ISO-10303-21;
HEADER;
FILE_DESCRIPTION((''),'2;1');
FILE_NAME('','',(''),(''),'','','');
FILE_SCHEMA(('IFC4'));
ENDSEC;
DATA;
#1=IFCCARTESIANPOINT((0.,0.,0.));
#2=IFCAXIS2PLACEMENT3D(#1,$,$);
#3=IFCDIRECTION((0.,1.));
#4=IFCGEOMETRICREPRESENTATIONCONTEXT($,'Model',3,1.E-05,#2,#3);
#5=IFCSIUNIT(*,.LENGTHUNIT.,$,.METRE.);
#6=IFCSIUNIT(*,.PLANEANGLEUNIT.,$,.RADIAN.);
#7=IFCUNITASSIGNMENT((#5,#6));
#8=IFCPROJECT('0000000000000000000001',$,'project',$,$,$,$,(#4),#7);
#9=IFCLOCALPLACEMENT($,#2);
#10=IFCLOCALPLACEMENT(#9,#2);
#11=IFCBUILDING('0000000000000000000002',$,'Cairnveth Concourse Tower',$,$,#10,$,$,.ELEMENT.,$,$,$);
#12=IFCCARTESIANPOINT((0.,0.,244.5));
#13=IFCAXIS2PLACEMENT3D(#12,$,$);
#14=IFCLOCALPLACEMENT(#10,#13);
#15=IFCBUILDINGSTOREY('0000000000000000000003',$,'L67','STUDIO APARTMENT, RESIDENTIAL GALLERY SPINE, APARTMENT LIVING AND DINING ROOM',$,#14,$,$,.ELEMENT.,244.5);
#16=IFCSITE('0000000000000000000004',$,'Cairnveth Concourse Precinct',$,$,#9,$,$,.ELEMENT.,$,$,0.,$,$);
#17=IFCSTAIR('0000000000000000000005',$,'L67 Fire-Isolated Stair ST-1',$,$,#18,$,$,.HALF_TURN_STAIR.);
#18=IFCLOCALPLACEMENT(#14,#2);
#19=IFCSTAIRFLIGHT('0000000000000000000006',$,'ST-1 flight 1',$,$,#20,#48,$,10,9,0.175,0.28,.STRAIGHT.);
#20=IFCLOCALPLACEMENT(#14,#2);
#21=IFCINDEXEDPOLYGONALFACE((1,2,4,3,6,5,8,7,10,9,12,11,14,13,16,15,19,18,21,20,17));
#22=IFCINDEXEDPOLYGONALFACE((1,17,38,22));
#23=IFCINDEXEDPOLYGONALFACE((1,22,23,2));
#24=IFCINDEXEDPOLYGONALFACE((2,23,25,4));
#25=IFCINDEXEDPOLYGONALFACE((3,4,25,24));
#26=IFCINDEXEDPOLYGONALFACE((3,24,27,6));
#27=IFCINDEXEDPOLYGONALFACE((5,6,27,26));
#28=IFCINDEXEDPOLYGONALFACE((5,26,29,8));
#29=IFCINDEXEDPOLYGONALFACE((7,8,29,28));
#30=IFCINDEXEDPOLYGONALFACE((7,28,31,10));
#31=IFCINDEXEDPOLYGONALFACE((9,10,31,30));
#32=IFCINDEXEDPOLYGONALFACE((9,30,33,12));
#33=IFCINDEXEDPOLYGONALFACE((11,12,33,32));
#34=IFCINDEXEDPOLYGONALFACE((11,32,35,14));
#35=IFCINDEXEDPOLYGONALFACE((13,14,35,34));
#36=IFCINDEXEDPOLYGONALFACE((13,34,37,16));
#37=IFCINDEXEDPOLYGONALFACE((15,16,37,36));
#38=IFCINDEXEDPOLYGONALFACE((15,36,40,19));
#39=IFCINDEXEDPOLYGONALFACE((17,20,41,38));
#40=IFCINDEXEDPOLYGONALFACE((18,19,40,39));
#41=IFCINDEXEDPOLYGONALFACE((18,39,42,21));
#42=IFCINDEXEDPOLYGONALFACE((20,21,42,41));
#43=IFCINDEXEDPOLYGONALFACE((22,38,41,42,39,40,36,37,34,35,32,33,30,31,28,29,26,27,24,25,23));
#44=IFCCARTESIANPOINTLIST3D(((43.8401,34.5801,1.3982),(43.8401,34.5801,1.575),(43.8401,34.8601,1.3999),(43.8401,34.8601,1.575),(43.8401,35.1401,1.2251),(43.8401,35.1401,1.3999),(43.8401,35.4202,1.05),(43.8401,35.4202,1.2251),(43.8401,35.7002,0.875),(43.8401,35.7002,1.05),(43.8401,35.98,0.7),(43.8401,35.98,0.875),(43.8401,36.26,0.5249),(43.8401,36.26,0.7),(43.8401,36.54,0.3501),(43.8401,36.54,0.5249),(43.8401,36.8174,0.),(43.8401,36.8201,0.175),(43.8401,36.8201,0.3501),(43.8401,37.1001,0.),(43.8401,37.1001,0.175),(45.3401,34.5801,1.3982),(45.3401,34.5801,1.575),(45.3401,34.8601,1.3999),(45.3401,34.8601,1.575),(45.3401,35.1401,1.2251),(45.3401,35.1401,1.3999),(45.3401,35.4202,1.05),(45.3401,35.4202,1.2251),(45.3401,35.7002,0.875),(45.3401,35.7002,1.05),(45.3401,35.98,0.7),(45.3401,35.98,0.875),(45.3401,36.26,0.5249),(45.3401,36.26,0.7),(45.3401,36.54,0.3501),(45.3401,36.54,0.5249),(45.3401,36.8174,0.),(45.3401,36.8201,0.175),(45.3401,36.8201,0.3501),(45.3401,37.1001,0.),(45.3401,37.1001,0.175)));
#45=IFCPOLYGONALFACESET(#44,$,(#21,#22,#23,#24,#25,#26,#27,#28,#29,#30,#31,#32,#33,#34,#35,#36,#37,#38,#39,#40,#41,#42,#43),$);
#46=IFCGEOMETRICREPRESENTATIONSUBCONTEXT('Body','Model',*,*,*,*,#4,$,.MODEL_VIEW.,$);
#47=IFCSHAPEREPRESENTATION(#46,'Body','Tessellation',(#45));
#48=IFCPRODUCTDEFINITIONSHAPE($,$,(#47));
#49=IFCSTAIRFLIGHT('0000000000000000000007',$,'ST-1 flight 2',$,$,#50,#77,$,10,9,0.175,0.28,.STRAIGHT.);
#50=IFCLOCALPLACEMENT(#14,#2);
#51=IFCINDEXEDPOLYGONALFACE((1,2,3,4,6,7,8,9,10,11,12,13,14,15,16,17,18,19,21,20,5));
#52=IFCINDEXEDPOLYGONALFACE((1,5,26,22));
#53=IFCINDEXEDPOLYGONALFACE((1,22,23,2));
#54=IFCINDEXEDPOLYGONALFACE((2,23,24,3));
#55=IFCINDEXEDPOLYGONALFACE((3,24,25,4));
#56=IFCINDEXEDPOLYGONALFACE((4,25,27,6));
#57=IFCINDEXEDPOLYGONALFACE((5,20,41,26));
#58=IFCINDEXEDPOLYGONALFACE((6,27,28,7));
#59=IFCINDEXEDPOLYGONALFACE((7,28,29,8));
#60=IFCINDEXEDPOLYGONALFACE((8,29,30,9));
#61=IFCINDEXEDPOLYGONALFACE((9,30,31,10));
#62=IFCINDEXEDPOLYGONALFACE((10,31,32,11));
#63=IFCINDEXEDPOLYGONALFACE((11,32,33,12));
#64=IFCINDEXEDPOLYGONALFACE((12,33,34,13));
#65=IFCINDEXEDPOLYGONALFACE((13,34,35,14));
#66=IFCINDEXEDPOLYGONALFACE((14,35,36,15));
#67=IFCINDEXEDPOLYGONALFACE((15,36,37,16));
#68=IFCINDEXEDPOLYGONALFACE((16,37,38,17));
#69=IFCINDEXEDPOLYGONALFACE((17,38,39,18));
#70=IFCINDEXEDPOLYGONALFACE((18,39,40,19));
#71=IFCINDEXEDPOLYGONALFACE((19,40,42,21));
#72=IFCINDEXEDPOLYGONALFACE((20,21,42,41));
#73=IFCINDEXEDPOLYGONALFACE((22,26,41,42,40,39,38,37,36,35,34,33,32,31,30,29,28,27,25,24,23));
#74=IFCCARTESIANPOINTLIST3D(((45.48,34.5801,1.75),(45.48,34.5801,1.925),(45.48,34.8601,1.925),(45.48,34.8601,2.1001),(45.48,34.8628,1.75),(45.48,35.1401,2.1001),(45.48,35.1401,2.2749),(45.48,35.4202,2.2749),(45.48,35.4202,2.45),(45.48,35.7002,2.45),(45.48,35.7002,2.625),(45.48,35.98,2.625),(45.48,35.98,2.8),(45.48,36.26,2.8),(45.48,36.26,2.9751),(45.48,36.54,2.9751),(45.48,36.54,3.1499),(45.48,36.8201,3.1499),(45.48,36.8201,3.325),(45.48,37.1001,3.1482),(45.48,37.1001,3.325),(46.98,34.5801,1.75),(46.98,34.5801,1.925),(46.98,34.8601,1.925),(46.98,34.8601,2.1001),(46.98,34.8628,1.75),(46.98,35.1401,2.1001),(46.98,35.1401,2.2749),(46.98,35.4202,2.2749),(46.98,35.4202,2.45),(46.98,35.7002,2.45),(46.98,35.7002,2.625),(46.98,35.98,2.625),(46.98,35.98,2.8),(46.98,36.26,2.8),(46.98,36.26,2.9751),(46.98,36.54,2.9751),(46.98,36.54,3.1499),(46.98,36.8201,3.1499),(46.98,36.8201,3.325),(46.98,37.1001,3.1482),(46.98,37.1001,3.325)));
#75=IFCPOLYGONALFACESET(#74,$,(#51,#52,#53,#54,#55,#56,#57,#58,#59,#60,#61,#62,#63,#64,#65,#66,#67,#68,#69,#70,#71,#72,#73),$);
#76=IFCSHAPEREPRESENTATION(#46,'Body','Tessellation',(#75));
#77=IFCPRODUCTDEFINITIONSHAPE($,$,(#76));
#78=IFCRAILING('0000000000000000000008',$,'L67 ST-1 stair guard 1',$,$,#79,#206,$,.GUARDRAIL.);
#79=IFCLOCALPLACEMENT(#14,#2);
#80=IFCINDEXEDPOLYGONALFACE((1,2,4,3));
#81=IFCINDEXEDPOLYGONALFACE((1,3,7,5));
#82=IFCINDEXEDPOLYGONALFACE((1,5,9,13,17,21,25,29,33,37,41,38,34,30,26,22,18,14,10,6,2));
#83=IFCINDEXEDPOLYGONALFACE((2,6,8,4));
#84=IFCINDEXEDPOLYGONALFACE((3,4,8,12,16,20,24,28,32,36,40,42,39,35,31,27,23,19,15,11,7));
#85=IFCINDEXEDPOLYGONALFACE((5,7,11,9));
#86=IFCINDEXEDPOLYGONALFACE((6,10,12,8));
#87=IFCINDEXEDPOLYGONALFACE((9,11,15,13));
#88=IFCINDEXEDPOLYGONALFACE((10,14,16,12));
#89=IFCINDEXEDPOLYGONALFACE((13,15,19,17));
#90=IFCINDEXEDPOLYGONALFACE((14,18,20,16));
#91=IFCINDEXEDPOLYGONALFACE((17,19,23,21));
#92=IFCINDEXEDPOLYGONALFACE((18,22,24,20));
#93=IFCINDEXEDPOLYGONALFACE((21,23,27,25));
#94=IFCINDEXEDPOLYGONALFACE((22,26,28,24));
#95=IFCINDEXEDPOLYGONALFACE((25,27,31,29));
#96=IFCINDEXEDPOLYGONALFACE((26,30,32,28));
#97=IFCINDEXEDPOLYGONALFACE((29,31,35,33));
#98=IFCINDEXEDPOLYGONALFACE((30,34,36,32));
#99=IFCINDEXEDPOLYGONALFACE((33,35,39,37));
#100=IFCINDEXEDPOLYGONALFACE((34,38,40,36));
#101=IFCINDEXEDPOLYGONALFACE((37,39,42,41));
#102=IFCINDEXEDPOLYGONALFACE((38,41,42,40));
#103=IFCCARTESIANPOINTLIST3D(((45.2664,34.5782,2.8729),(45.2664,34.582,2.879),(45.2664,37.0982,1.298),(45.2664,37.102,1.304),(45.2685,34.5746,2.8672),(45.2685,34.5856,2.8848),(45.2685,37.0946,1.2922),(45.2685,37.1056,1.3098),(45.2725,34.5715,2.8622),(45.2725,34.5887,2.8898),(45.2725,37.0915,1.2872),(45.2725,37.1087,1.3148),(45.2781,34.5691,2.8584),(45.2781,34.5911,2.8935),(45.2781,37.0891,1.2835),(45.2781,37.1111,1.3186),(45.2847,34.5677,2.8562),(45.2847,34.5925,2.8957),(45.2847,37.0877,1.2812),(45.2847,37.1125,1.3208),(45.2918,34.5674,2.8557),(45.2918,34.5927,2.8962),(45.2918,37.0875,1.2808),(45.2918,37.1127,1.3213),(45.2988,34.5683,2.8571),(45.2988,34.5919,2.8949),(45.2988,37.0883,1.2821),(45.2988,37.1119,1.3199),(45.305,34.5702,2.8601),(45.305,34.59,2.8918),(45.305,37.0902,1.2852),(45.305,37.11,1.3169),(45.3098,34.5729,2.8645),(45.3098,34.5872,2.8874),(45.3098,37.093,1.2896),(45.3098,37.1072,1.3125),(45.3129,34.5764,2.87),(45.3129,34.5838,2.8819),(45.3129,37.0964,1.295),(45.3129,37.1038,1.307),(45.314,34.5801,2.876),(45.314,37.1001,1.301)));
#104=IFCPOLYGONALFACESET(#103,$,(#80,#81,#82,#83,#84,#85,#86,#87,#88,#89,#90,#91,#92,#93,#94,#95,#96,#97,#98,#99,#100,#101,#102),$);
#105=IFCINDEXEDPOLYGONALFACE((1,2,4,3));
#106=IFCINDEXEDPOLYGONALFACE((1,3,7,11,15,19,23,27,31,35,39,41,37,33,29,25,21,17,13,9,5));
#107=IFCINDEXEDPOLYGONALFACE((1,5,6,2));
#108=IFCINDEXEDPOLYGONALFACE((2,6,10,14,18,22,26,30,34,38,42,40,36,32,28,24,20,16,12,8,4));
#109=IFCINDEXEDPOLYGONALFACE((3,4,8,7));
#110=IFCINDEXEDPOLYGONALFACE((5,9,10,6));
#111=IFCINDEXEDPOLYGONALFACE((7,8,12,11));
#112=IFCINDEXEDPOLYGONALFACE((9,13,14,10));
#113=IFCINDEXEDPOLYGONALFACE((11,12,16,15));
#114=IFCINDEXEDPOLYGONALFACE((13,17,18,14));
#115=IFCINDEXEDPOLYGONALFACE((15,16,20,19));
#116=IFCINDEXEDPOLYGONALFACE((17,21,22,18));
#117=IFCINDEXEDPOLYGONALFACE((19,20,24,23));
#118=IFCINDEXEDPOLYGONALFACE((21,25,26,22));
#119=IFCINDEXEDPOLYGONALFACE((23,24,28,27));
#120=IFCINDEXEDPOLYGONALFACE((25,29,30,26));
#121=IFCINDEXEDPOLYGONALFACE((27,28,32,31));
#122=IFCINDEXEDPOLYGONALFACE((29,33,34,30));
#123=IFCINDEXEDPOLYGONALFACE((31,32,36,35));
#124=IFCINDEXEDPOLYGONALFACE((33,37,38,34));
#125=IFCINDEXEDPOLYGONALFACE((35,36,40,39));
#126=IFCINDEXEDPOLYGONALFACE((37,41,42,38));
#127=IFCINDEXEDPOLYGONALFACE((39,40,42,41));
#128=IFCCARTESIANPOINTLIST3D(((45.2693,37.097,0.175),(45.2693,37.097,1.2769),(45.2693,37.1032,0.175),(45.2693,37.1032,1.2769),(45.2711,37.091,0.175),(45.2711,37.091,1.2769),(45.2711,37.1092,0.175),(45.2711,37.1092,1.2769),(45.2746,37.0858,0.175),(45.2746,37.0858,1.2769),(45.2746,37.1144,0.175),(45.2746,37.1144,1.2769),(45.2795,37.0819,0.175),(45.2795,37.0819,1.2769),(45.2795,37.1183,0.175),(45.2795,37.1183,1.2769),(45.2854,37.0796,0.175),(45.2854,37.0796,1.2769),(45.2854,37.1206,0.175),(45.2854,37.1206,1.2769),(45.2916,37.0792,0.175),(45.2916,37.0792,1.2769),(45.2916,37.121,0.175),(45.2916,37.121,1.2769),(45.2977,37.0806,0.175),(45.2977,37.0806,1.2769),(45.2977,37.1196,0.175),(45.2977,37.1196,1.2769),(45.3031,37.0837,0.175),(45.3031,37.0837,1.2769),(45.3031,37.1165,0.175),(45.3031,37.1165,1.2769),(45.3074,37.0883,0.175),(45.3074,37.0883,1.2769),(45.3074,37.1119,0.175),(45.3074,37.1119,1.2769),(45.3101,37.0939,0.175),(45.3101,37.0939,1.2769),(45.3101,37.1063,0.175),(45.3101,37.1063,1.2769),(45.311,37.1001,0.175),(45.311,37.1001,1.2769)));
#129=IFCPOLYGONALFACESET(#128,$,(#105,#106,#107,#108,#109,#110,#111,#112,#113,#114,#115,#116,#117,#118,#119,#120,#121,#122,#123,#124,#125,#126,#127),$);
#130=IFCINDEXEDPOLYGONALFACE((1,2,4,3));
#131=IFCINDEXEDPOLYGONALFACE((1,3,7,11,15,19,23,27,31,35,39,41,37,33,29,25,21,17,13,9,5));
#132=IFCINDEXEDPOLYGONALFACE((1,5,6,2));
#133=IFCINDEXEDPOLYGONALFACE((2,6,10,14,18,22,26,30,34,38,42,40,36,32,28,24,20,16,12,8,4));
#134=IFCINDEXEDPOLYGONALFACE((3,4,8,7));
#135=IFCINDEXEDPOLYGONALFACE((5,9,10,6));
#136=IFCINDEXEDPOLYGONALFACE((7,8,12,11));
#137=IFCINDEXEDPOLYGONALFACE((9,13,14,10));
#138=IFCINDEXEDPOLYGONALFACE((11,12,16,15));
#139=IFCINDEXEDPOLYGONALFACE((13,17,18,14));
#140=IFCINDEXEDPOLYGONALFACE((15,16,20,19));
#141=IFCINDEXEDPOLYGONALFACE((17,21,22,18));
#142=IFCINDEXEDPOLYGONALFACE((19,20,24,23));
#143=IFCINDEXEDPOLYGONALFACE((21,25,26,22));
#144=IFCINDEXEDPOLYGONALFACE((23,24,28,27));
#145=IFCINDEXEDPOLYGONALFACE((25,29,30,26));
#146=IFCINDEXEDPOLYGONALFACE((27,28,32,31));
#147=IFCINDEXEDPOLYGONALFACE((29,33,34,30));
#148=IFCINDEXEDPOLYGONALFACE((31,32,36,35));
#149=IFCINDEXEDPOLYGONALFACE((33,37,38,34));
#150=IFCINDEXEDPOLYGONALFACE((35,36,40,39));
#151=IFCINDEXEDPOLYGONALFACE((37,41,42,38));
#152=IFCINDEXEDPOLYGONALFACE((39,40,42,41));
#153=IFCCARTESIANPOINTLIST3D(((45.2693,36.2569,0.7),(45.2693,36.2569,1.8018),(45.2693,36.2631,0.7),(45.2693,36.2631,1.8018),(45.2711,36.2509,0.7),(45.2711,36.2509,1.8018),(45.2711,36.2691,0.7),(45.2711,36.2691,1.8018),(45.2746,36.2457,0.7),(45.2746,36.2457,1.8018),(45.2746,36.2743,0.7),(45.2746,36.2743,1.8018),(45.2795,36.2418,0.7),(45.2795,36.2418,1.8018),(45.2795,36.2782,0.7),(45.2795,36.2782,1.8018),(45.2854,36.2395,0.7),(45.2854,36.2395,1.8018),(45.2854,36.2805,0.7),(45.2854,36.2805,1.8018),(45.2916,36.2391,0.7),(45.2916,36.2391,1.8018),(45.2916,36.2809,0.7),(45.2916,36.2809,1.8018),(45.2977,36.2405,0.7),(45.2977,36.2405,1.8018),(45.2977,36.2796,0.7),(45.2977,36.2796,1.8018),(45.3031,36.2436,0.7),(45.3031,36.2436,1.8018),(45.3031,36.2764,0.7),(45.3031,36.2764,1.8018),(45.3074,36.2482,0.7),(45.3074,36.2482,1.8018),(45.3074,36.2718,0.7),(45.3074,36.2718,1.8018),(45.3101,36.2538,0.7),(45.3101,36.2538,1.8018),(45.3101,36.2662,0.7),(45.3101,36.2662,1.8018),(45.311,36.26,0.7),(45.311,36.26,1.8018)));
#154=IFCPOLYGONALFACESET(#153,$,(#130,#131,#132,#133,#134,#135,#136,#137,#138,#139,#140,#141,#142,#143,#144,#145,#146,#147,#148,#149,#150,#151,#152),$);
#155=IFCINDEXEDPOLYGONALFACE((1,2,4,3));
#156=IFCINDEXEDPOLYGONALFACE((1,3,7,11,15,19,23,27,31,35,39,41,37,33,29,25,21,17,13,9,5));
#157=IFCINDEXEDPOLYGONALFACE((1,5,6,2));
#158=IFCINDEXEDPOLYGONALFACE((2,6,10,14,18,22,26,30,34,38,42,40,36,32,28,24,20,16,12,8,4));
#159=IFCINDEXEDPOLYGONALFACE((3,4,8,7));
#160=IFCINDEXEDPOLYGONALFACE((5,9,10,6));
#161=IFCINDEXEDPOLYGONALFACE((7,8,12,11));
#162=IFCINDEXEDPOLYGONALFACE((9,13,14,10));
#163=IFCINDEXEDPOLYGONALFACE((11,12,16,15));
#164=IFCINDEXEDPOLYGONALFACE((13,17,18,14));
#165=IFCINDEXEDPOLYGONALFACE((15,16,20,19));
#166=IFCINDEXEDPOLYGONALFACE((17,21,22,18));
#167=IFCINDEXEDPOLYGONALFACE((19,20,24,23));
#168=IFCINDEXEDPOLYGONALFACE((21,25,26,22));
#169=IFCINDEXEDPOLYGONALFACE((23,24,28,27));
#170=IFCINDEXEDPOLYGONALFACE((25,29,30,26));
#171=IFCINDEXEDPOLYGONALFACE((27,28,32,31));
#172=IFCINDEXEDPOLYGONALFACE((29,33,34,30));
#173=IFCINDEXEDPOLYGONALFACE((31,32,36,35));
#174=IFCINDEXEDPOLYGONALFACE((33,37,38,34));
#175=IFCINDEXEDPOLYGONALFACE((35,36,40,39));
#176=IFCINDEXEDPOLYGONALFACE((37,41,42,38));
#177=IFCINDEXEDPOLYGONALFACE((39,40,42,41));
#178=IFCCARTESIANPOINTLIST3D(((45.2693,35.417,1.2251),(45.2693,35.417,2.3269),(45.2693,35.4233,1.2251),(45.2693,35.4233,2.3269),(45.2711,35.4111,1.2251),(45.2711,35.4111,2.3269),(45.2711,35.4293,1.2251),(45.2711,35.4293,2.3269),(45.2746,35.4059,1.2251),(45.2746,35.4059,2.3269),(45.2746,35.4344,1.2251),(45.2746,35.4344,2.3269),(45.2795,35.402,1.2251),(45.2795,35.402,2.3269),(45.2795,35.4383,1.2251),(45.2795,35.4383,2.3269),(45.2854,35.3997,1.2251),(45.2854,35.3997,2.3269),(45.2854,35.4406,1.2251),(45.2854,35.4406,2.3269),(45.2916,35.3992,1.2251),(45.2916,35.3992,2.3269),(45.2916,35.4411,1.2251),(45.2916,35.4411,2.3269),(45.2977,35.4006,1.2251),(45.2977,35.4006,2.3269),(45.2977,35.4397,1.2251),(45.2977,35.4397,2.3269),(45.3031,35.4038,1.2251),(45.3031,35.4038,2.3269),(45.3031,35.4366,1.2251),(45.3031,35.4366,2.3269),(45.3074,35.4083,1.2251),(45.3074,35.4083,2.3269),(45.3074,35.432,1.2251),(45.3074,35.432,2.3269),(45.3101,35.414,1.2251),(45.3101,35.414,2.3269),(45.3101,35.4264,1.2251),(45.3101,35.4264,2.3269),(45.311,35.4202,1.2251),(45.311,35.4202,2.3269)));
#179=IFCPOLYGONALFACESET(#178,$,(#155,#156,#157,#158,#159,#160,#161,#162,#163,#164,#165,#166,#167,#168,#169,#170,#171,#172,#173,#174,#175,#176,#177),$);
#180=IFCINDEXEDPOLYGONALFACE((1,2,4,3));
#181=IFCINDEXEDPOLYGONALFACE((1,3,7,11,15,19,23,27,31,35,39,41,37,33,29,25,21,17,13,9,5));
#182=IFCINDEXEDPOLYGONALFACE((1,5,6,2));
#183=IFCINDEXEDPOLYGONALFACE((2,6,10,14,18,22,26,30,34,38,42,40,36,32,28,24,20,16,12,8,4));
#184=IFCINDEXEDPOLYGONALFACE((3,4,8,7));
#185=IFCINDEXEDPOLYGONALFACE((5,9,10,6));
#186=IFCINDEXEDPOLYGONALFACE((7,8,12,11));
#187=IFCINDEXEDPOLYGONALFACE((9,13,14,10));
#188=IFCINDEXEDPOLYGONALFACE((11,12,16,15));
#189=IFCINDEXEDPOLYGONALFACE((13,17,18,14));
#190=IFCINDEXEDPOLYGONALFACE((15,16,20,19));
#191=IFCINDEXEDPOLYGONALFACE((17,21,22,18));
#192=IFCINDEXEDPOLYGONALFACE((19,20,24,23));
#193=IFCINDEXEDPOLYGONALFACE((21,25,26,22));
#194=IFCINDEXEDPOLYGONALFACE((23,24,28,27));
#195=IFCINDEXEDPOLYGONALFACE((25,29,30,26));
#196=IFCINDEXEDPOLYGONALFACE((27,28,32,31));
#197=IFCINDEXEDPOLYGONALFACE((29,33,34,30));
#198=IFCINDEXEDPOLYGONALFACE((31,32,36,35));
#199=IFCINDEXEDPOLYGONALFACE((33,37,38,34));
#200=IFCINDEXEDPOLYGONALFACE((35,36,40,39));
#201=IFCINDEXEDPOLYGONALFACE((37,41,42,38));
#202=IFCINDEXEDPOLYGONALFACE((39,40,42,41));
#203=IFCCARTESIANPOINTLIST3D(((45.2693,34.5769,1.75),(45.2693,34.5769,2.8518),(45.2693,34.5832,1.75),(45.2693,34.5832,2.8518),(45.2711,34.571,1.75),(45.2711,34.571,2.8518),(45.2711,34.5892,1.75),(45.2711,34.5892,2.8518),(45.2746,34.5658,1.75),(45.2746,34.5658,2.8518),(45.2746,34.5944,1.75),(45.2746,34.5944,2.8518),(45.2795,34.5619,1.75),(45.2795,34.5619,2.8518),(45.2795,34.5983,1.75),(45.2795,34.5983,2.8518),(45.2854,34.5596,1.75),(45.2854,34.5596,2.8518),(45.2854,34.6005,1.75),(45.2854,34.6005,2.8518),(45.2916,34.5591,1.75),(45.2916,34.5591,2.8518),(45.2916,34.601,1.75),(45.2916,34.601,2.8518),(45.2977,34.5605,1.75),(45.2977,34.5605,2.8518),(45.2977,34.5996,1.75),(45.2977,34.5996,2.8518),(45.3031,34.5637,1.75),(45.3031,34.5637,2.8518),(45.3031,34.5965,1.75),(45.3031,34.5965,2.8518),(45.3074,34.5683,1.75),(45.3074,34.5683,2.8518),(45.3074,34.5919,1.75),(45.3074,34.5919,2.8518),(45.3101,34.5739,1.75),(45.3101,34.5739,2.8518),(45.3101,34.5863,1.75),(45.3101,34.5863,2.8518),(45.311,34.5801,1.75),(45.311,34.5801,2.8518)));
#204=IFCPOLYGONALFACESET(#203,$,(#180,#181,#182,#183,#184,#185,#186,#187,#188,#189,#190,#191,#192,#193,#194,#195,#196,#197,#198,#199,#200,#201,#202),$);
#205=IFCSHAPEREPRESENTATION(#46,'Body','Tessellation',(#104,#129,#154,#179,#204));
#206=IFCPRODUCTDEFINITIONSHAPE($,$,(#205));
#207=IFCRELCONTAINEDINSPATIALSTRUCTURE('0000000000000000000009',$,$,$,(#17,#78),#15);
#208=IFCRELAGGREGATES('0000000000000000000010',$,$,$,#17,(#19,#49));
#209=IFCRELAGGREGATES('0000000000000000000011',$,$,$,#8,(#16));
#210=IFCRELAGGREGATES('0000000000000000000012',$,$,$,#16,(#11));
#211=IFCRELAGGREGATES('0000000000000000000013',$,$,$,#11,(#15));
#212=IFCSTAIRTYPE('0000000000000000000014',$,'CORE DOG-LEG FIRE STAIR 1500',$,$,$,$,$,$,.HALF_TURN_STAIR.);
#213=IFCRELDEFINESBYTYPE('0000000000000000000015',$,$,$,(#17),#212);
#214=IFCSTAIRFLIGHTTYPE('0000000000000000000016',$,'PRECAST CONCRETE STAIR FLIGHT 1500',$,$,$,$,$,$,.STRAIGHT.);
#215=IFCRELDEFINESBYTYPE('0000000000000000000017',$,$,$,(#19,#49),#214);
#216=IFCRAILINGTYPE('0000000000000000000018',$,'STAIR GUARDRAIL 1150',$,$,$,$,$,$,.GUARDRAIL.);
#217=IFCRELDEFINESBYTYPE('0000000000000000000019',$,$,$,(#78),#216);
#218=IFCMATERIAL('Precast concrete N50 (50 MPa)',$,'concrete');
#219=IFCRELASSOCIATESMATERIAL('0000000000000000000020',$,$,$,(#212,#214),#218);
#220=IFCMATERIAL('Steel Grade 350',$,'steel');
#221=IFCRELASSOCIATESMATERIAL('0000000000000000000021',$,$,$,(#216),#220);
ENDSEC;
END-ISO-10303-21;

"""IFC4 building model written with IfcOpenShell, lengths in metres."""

from ifc_helpers import new_model, si_unit, direction, frame, origin, origin_2d, place, context, subcontext, project, spatial, polyline, circle, outline, extrude, material, type_object, element, aggregate, save


model = new_model("IFC4")

# Units and contexts
model_context = context("Model", 3, precision=1e-05, world=origin(), true_north=direction((0.0, 1.0)))
body_context = subcontext(model_context, "Body", "Model", "MODEL_VIEW")
ifc_project = project(units=[si_unit("LENGTHUNIT", "METRE"), si_unit("PLANEANGLEUNIT", "RADIAN")], contexts=[model_context])

# Site, building, storey
site_placement = place(None, origin())
site = spatial("IfcSite", under=ifc_project, at=site_placement, Name="Cairnveth Concourse Precinct", CompositionType="ELEMENT", RefElevation=0.0)
building_placement = place(site_placement, origin())
building = spatial("IfcBuilding", under=site, at=building_placement, Name="Cairnveth Concourse Tower", CompositionType="ELEMENT")
storey_placement = place(building_placement, frame((0.0, 0.0, 244.5)))
storey = spatial("IfcBuildingStorey", under=building, at=storey_placement, Name="L67", Description="STUDIO APARTMENT, RESIDENTIAL GALLERY SPINE, APARTMENT LIVING AND DINING ROOM", CompositionType="ELEMENT", Elevation=244.5)

# Stair, stair flights
ifc_material_1 = material(Name="Precast concrete N50 (50 MPa)", Category="concrete")
stair_type = type_object("IfcStairType", Name="CORE DOG-LEG FIRE STAIR 1500", PredefinedType="HALF_TURN_STAIR", material=ifc_material_1)
stair_placement = place(storey_placement, origin())
stair = element("IfcStair", 1, at=stair_placement, inside=storey, type_object=stair_type, Name="L67 Fire-Isolated Stair ST-1", PredefinedType="HALF_TURN_STAIR")
stair_flight_type = type_object("IfcStairFlightType", Name="PRECAST CONCRETE STAIR FLIGHT 1500", PredefinedType="STRAIGHT", material=ifc_material_1)
stair_flight_1_placement = place(storey_placement, frame((44.5901, 37.1001, 0.0), z_axis=(0.0, 0.0, 1.0), x_axis=(0.0, -1.0, 0.0)))
stair_flight_1 = element("IfcStairFlight", 2, at=stair_flight_1_placement, type_object=stair_flight_type, Name="ST-1 flight 1", NumberOfRisers=10, NumberOfTreads=9, PredefinedType="STRAIGHT", RiserHeight=0.175, TreadLength=0.28, context=body_context, shape_type="SweptSolid", body=[
    extrude(outline(polyline([(0.0, 0.0), (0.0, 0.175), (0.28, 0.175), (0.28, 0.3501), (0.5601, 0.3501), (0.5601, 0.5249), (0.8401, 0.5249), (0.8401, 0.7), (1.1201, 0.7), (1.1201, 0.875), (1.3999, 0.875), (1.3999, 1.05), (1.6799, 1.05), (1.6799, 1.2251), (1.96, 1.2251), (1.96, 1.3999), (2.24, 1.3999), (2.24, 1.575), (2.52, 1.575), (2.52, 1.75), (2.52, 1.3982), (0.2827, 0.0), (0.0, 0.0)])), frame((0.0, 0.75, 0.0), z_axis=(0.0, -1.0, 0.0), x_axis=(1.0, 0.0, 0.0)), (0.0, 0.0, 1.0), 1.5),
])
stair_flight_2_placement = place(storey_placement, frame((46.23, 34.5801, 1.75), z_axis=(0.0, 0.0, 1.0), x_axis=(0.0, 1.0, 0.0)))
stair_flight_2 = element("IfcStairFlight", 3, at=stair_flight_2_placement, type_object=stair_flight_type, Name="ST-1 flight 2", NumberOfRisers=10, NumberOfTreads=9, PredefinedType="STRAIGHT", RiserHeight=0.175, TreadLength=0.28, context=body_context, shape_type="SweptSolid", body=[
    extrude(outline(polyline([(0.0, 0.0), (0.0, 0.175), (0.28, 0.175), (0.28, 0.3501), (0.5601, 0.3501), (0.5601, 0.5249), (0.8401, 0.5249), (0.8401, 0.7), (1.1201, 0.7), (1.1201, 0.875), (1.3999, 0.875), (1.3999, 1.05), (1.6799, 1.05), (1.6799, 1.2251), (1.96, 1.2251), (1.96, 1.3999), (2.24, 1.3999), (2.24, 1.575), (2.52, 1.575), (2.52, 1.75), (2.52, 1.3982), (0.2827, 0.0), (0.0, 0.0)])), frame((0.0, 0.75, 0.0), z_axis=(0.0, -1.0, 0.0), x_axis=(1.0, 0.0, 0.0)), (0.0, 0.0, 1.0), 1.5),
])
aggregate(stair, [stair_flight_1, stair_flight_2])

# Railing
ifc_material_2 = material(Name="Steel Grade 350", Category="steel")
railing_type_1 = type_object("IfcRailingType", Name="STAIR GUARDRAIL 1150", PredefinedType="GUARDRAIL", material=ifc_material_2)
railing_1_placement = place(storey_placement, frame((45.29, 37.1001, 0.175)))
element("IfcRailing", 4, at=railing_1_placement, inside=storey, type_object=railing_type_1, Name="L67 ST-1 stair guard 1", PredefinedType="GUARDRAIL", context=body_context, shape_type="SweptSolid", body=[
    extrude(circle(Radius=0.0239, at=origin_2d()), frame((0.0, 0.0, 1.126), z_axis=(0.0, -0.848008, 0.529984), x_axis=(1.0, 0.0, 0.0)), (0.0, 0.0, 1.0), 2.9717),
    extrude(circle(Radius=0.021, at=origin_2d()), origin(), (0.0, 0.0, 1.0), 1.1018),
    extrude(circle(Radius=0.021, at=origin_2d()), frame((0.0, -0.8401, 0.5249)), (0.0, 0.0, 1.0), 1.1018),
    extrude(circle(Radius=0.021, at=origin_2d()), frame((0.0, -1.6799, 1.05)), (0.0, 0.0, 1.0), 1.1018),
    extrude(circle(Radius=0.021, at=origin_2d()), frame((0.0, -2.52, 1.575)), (0.0, 0.0, 1.0), 1.1018),
])

save(model, "model.ifc")
